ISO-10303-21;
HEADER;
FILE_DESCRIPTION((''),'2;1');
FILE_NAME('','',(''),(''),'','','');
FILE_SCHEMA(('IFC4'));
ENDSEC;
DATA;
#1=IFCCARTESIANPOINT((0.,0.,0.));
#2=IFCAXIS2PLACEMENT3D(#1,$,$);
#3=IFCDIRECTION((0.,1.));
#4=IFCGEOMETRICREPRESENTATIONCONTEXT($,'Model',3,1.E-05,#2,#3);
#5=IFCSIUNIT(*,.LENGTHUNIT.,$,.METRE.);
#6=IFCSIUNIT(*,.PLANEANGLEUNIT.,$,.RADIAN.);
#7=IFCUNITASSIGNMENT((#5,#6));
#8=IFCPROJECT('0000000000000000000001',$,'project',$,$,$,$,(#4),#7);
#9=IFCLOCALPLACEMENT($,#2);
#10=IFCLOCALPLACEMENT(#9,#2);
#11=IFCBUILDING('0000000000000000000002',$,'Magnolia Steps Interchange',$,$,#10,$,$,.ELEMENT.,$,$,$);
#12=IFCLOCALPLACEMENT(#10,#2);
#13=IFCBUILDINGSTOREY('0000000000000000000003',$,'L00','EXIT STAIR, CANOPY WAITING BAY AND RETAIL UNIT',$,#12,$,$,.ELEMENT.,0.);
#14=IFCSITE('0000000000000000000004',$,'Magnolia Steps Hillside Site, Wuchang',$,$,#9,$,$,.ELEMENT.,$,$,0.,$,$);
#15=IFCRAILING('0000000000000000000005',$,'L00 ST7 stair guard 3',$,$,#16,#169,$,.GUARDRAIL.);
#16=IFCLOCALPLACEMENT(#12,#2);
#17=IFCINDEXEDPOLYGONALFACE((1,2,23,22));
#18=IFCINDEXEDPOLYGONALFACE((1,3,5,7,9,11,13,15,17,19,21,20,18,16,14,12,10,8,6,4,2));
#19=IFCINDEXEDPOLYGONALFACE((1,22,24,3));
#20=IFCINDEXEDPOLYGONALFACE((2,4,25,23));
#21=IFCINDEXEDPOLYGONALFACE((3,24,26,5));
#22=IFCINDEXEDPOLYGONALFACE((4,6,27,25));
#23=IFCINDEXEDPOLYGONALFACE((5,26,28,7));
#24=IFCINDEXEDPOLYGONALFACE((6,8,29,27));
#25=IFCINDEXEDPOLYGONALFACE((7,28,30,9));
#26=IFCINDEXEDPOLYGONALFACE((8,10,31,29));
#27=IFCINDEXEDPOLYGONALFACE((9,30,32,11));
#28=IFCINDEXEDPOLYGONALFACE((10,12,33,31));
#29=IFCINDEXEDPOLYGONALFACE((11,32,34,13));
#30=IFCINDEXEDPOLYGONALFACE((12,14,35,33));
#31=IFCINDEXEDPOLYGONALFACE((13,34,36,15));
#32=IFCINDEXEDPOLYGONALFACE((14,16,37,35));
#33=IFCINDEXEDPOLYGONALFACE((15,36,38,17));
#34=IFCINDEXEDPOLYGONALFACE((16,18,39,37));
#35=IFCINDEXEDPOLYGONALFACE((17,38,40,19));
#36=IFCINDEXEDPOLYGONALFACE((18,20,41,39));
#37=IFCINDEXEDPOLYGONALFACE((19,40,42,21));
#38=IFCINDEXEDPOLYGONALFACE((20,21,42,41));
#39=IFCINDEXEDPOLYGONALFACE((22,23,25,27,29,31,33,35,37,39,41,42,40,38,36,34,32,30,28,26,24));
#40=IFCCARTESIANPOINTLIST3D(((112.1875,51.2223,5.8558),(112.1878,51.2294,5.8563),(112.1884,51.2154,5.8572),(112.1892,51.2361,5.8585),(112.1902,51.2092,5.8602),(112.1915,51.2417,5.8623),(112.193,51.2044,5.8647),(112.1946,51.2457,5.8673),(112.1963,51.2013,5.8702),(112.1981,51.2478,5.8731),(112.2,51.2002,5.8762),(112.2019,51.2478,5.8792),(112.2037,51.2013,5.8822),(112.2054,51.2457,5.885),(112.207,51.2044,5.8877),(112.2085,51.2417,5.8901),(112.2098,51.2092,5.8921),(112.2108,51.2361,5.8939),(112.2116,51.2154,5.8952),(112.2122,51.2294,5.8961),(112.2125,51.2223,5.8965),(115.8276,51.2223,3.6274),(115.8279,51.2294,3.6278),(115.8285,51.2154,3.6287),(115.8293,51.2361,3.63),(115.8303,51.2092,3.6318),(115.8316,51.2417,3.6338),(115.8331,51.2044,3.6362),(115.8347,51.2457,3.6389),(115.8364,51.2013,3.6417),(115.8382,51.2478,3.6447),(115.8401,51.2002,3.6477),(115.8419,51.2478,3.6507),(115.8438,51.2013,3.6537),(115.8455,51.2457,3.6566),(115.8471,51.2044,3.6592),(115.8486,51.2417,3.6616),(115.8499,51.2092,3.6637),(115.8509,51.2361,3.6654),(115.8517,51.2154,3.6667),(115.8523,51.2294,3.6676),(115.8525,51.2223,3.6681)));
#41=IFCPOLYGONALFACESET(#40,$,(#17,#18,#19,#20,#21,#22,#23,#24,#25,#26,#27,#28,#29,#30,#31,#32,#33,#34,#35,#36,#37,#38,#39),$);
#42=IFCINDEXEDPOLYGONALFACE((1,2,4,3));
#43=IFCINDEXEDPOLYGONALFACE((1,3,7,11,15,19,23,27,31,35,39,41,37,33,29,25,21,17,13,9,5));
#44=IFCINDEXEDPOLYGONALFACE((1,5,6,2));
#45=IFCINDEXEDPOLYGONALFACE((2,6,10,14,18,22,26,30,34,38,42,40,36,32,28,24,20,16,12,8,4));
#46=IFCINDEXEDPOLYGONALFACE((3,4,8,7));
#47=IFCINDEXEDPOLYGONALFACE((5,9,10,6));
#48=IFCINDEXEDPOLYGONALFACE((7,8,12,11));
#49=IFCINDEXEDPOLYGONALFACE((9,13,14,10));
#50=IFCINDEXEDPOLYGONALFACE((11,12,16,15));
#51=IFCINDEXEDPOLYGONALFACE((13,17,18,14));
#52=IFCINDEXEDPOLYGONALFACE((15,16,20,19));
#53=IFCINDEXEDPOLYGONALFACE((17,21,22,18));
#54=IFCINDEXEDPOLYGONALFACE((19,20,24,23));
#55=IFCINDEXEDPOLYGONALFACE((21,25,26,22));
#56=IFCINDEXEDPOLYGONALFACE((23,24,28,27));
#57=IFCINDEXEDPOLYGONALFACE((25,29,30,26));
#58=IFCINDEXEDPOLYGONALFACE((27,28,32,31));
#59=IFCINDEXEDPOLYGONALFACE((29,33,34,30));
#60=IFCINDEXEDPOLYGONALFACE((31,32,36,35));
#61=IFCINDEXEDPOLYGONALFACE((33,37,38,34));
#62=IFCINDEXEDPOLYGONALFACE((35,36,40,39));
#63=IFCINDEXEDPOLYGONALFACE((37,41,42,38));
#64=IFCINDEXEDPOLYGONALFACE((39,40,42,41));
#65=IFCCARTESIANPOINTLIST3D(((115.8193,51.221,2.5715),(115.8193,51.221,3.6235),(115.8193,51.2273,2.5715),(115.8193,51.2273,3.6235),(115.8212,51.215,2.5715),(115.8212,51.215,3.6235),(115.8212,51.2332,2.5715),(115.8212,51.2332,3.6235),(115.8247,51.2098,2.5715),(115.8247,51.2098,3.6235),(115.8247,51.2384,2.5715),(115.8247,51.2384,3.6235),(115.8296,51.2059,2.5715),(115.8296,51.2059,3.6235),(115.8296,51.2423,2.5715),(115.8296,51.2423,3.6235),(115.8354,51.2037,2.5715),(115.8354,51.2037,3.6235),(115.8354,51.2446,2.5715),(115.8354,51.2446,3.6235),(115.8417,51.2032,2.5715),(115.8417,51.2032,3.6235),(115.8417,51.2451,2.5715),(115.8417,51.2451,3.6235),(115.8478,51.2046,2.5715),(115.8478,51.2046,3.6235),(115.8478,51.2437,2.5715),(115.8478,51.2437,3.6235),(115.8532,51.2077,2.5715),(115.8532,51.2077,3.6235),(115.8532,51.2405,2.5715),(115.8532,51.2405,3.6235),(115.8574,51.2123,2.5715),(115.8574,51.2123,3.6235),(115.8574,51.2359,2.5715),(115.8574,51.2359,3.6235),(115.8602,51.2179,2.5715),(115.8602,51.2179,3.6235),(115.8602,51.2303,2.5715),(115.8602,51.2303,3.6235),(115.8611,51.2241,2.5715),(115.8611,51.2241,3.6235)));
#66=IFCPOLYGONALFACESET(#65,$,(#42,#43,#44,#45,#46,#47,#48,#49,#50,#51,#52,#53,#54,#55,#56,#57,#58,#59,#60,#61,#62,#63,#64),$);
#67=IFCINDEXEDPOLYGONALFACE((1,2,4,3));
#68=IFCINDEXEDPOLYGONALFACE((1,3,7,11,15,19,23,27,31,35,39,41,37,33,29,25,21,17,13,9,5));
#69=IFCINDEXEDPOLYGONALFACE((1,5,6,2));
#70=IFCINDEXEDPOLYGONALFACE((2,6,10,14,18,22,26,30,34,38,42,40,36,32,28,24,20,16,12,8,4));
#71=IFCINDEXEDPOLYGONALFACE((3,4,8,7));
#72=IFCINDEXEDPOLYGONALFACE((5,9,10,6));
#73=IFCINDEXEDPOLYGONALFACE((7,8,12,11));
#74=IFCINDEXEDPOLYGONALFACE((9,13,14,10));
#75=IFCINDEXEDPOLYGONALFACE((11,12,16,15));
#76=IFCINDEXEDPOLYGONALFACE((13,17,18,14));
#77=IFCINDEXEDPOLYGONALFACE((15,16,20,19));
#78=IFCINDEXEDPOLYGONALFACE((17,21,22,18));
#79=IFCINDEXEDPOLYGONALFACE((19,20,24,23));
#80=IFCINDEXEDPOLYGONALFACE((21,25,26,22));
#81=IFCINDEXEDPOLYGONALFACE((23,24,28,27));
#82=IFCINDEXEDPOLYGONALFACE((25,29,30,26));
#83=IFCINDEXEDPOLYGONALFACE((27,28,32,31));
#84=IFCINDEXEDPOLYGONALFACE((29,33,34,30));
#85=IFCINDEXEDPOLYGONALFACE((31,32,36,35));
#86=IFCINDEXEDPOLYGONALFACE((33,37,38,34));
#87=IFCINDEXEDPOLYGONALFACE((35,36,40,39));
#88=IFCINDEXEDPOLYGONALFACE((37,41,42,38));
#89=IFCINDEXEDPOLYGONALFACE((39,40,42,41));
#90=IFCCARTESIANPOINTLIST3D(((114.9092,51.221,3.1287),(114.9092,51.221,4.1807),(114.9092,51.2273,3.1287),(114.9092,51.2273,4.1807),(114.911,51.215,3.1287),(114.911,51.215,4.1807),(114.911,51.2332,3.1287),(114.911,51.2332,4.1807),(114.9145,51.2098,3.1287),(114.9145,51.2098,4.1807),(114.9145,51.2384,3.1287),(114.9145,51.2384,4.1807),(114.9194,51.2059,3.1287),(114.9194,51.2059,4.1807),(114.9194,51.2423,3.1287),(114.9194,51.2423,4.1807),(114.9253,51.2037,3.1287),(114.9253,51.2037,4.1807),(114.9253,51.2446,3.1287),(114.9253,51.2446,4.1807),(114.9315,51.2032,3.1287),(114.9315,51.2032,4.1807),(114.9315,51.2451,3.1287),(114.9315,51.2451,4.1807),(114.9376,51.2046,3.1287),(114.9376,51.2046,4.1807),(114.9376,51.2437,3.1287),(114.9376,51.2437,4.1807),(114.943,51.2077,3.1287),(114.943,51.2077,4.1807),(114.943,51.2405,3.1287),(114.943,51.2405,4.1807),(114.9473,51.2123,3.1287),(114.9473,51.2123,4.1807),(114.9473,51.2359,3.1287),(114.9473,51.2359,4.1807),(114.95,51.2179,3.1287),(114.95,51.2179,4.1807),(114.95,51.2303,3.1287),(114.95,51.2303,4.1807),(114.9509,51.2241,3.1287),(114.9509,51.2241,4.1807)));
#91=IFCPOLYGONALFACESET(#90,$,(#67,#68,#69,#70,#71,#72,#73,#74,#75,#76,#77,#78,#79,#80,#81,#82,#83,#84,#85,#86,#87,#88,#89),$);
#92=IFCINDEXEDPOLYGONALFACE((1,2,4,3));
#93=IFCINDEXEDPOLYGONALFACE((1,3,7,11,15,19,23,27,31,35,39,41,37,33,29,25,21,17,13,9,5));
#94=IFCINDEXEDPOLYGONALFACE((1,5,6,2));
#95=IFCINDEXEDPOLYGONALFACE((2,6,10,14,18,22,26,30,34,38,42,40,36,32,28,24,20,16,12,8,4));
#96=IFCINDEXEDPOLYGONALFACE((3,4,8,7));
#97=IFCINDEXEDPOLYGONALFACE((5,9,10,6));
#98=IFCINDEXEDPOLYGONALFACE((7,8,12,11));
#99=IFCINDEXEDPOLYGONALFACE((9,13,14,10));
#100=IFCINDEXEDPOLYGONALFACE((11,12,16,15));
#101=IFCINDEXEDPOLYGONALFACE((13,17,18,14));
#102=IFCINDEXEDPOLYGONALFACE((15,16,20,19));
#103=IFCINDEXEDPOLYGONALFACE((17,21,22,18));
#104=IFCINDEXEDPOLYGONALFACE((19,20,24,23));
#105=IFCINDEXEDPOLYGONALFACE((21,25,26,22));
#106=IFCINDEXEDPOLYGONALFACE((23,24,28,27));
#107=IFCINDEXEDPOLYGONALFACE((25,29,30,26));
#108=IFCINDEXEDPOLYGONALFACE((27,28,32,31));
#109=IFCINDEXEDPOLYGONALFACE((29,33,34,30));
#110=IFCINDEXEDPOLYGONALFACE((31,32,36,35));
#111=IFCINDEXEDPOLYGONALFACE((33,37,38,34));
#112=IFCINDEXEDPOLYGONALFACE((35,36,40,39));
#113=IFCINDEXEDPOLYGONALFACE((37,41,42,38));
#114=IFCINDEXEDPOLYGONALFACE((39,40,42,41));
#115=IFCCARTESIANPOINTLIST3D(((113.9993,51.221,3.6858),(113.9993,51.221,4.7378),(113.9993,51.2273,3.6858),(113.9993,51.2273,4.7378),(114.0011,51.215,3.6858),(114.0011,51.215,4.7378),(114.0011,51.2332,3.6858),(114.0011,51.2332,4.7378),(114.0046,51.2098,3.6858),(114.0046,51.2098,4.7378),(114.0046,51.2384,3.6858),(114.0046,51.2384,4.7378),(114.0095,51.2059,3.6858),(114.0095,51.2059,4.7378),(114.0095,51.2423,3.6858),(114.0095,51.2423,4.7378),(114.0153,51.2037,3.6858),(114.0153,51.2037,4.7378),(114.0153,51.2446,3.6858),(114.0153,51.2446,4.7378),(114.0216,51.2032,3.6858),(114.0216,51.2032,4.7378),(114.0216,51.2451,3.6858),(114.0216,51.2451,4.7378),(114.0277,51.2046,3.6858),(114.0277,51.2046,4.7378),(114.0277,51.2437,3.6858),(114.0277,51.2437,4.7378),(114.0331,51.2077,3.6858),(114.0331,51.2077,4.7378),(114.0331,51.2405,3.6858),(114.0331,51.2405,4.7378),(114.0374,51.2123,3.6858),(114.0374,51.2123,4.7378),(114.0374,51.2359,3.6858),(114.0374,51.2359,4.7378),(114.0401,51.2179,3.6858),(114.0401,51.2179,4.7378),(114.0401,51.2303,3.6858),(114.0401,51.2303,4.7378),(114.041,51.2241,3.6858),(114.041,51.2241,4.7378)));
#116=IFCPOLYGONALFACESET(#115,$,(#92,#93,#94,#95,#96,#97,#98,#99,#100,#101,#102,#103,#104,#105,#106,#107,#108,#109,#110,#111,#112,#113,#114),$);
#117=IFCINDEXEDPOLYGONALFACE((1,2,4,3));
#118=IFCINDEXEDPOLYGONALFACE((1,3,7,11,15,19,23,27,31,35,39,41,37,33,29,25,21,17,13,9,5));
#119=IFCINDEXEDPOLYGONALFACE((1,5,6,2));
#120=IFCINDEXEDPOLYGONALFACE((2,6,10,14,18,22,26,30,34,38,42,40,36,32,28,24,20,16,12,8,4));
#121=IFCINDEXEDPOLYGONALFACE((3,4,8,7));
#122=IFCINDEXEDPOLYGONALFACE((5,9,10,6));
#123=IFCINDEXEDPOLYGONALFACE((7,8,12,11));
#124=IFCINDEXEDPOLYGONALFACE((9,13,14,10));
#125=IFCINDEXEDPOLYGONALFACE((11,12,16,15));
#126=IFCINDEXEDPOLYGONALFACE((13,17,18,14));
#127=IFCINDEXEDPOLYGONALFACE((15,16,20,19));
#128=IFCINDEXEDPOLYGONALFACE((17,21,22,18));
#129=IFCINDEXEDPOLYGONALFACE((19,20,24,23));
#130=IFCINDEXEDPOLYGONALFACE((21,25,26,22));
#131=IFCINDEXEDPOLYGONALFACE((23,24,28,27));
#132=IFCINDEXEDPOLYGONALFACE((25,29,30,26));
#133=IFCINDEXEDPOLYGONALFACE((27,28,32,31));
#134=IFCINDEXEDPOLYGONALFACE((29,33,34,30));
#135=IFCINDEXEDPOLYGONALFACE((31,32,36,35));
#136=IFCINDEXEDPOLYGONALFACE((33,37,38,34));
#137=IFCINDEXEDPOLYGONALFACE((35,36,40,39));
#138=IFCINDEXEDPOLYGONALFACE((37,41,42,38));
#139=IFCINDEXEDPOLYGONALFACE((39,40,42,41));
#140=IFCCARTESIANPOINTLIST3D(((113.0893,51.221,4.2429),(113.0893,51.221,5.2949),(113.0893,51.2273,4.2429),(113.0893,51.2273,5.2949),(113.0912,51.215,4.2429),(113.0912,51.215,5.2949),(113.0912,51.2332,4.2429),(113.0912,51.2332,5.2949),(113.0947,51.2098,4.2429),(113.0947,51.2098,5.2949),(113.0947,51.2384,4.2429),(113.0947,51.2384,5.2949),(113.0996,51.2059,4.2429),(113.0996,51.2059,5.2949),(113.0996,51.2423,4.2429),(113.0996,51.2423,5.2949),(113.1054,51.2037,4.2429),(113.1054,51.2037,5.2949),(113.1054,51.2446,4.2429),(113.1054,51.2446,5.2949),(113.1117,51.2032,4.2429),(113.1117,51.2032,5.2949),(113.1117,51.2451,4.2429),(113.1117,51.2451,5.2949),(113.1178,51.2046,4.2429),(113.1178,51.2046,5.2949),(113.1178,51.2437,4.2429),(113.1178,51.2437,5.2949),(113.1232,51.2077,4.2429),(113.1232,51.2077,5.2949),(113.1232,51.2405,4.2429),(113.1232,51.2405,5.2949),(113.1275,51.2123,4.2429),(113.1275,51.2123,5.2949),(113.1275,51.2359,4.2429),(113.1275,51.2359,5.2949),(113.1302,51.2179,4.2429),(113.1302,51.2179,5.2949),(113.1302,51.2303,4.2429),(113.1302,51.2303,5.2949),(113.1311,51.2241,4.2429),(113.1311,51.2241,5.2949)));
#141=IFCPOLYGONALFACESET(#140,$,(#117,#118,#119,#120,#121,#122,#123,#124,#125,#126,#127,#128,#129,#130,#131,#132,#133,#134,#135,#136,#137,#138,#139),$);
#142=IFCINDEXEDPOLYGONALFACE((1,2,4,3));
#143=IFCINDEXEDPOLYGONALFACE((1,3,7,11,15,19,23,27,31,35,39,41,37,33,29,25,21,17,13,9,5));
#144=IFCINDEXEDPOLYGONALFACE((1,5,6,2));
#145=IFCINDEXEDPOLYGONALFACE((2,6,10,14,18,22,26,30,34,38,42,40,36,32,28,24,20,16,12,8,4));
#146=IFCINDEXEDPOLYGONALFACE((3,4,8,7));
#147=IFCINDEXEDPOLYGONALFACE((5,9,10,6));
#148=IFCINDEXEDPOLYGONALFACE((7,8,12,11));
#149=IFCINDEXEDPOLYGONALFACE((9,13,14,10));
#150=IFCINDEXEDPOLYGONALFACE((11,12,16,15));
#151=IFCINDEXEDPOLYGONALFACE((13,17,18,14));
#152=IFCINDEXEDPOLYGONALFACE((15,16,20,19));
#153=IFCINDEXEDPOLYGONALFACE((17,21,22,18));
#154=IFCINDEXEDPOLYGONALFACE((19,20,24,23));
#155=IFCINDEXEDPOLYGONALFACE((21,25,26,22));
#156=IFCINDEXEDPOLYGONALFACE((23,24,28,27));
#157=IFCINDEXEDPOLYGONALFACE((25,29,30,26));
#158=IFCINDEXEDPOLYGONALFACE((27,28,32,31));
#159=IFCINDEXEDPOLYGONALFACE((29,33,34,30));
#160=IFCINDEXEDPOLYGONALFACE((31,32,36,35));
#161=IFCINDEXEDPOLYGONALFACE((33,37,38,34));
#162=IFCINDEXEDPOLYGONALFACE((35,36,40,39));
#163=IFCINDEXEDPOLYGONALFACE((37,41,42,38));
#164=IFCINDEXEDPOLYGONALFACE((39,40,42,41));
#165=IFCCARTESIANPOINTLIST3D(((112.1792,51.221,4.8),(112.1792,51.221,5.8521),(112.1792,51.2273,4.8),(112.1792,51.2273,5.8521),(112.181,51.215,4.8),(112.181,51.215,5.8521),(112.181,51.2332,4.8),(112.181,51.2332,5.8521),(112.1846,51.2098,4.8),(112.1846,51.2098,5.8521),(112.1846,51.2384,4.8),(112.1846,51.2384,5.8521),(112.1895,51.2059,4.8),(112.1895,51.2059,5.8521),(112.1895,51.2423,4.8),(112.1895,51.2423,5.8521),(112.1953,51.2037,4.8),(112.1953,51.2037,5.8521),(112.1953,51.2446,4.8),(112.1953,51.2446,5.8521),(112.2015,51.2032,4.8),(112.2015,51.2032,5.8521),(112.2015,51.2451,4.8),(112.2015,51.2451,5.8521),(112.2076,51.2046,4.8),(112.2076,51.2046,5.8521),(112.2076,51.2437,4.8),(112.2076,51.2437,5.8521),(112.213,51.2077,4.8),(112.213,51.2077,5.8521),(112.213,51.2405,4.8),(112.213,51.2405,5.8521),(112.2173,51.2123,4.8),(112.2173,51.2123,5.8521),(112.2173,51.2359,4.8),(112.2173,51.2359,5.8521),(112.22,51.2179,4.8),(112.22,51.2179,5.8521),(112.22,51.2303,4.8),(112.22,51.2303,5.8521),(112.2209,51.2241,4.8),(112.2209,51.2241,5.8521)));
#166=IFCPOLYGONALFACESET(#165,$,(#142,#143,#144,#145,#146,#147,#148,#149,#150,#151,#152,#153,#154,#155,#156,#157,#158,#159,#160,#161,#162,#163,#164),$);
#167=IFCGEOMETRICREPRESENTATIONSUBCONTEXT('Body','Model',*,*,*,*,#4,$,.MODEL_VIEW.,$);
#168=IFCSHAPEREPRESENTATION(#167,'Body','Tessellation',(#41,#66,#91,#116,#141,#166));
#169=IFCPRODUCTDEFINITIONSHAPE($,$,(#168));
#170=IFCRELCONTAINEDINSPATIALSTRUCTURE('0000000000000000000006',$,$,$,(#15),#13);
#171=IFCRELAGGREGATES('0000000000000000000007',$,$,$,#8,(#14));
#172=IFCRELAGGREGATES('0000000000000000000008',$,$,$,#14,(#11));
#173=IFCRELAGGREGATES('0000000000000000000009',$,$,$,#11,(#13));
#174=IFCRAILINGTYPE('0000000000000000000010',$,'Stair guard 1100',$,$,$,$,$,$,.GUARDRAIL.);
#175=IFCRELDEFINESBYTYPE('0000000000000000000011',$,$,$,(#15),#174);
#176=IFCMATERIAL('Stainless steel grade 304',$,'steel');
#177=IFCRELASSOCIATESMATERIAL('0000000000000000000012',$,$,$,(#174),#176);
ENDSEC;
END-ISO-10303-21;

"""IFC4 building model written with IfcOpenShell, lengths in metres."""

from ifc_helpers import new_model, si_unit, direction, frame, origin, origin_2d, place, context, subcontext, project, spatial, circle, extrude, material, type_object, element, save


model = new_model("IFC4")

# Units and contexts
model_context = context("Model", 3, precision=1e-05, world=origin(), true_north=direction((0.0, 1.0)))
body_context = subcontext(model_context, "Body", "Model", "MODEL_VIEW")
ifc_project = project(units=[si_unit("LENGTHUNIT", "METRE"), si_unit("PLANEANGLEUNIT", "RADIAN")], contexts=[model_context])

# Site, building, storey
site_placement = place(None, origin())
site = spatial("IfcSite", under=ifc_project, at=site_placement, Name="Magnolia Steps Hillside Site, Wuchang", CompositionType="ELEMENT", RefElevation=0.0)
building_placement = place(site_placement, origin())
building = spatial("IfcBuilding", under=site, at=building_placement, Name="Magnolia Steps Interchange", CompositionType="ELEMENT")
storey_placement = place(building_placement, origin())
storey = spatial("IfcBuildingStorey", under=building, at=storey_placement, Name="L00", Description="EXIT STAIR, CANOPY WAITING BAY AND RETAIL UNIT", CompositionType="ELEMENT", Elevation=0.0)

# Railing
ifc_material_1 = material(Name="Stainless steel grade 304", Category="steel")
railing_type_1 = type_object("IfcRailingType", Name="Stair guard 1100", PredefinedType="GUARDRAIL", material=ifc_material_1)
railing_1_placement = place(storey_placement, frame((115.8401, 51.2241, 2.5715)))
element("IfcRailing", 1, at=railing_1_placement, inside=storey, type_object=railing_type_1, Name="L00 ST7 stair guard 3", PredefinedType="GUARDRAIL", context=body_context, shape_type="SweptSolid", body=[
    extrude(circle(Radius=0.0239, at=origin_2d()), frame((0.0, 0.0, 1.0762), z_axis=(-0.852866, 0.0, 0.52213), x_axis=(0.0, -1.0, 0.0)), (0.0, 0.0, 1.0), 4.2681),
    extrude(circle(Radius=0.021, at=origin_2d()), origin(), (0.0, 0.0, 1.0), 1.052),
    extrude(circle(Radius=0.021, at=origin_2d()), frame((-0.9102, 0.0, 0.5571)), (0.0, 0.0, 1.0), 1.052),
    extrude(circle(Radius=0.021, at=origin_2d()), frame((-1.8201, 0.0, 1.1143)), (0.0, 0.0, 1.0), 1.052),
    extrude(circle(Radius=0.021, at=origin_2d()), frame((-2.73, 0.0, 1.6714)), (0.0, 0.0, 1.0), 1.052),
    extrude(circle(Radius=0.021, at=origin_2d()), frame((-3.6401, 0.0, 2.2285)), (0.0, 0.0, 1.0), 1.052),
])

save(model, "model.ifc")
